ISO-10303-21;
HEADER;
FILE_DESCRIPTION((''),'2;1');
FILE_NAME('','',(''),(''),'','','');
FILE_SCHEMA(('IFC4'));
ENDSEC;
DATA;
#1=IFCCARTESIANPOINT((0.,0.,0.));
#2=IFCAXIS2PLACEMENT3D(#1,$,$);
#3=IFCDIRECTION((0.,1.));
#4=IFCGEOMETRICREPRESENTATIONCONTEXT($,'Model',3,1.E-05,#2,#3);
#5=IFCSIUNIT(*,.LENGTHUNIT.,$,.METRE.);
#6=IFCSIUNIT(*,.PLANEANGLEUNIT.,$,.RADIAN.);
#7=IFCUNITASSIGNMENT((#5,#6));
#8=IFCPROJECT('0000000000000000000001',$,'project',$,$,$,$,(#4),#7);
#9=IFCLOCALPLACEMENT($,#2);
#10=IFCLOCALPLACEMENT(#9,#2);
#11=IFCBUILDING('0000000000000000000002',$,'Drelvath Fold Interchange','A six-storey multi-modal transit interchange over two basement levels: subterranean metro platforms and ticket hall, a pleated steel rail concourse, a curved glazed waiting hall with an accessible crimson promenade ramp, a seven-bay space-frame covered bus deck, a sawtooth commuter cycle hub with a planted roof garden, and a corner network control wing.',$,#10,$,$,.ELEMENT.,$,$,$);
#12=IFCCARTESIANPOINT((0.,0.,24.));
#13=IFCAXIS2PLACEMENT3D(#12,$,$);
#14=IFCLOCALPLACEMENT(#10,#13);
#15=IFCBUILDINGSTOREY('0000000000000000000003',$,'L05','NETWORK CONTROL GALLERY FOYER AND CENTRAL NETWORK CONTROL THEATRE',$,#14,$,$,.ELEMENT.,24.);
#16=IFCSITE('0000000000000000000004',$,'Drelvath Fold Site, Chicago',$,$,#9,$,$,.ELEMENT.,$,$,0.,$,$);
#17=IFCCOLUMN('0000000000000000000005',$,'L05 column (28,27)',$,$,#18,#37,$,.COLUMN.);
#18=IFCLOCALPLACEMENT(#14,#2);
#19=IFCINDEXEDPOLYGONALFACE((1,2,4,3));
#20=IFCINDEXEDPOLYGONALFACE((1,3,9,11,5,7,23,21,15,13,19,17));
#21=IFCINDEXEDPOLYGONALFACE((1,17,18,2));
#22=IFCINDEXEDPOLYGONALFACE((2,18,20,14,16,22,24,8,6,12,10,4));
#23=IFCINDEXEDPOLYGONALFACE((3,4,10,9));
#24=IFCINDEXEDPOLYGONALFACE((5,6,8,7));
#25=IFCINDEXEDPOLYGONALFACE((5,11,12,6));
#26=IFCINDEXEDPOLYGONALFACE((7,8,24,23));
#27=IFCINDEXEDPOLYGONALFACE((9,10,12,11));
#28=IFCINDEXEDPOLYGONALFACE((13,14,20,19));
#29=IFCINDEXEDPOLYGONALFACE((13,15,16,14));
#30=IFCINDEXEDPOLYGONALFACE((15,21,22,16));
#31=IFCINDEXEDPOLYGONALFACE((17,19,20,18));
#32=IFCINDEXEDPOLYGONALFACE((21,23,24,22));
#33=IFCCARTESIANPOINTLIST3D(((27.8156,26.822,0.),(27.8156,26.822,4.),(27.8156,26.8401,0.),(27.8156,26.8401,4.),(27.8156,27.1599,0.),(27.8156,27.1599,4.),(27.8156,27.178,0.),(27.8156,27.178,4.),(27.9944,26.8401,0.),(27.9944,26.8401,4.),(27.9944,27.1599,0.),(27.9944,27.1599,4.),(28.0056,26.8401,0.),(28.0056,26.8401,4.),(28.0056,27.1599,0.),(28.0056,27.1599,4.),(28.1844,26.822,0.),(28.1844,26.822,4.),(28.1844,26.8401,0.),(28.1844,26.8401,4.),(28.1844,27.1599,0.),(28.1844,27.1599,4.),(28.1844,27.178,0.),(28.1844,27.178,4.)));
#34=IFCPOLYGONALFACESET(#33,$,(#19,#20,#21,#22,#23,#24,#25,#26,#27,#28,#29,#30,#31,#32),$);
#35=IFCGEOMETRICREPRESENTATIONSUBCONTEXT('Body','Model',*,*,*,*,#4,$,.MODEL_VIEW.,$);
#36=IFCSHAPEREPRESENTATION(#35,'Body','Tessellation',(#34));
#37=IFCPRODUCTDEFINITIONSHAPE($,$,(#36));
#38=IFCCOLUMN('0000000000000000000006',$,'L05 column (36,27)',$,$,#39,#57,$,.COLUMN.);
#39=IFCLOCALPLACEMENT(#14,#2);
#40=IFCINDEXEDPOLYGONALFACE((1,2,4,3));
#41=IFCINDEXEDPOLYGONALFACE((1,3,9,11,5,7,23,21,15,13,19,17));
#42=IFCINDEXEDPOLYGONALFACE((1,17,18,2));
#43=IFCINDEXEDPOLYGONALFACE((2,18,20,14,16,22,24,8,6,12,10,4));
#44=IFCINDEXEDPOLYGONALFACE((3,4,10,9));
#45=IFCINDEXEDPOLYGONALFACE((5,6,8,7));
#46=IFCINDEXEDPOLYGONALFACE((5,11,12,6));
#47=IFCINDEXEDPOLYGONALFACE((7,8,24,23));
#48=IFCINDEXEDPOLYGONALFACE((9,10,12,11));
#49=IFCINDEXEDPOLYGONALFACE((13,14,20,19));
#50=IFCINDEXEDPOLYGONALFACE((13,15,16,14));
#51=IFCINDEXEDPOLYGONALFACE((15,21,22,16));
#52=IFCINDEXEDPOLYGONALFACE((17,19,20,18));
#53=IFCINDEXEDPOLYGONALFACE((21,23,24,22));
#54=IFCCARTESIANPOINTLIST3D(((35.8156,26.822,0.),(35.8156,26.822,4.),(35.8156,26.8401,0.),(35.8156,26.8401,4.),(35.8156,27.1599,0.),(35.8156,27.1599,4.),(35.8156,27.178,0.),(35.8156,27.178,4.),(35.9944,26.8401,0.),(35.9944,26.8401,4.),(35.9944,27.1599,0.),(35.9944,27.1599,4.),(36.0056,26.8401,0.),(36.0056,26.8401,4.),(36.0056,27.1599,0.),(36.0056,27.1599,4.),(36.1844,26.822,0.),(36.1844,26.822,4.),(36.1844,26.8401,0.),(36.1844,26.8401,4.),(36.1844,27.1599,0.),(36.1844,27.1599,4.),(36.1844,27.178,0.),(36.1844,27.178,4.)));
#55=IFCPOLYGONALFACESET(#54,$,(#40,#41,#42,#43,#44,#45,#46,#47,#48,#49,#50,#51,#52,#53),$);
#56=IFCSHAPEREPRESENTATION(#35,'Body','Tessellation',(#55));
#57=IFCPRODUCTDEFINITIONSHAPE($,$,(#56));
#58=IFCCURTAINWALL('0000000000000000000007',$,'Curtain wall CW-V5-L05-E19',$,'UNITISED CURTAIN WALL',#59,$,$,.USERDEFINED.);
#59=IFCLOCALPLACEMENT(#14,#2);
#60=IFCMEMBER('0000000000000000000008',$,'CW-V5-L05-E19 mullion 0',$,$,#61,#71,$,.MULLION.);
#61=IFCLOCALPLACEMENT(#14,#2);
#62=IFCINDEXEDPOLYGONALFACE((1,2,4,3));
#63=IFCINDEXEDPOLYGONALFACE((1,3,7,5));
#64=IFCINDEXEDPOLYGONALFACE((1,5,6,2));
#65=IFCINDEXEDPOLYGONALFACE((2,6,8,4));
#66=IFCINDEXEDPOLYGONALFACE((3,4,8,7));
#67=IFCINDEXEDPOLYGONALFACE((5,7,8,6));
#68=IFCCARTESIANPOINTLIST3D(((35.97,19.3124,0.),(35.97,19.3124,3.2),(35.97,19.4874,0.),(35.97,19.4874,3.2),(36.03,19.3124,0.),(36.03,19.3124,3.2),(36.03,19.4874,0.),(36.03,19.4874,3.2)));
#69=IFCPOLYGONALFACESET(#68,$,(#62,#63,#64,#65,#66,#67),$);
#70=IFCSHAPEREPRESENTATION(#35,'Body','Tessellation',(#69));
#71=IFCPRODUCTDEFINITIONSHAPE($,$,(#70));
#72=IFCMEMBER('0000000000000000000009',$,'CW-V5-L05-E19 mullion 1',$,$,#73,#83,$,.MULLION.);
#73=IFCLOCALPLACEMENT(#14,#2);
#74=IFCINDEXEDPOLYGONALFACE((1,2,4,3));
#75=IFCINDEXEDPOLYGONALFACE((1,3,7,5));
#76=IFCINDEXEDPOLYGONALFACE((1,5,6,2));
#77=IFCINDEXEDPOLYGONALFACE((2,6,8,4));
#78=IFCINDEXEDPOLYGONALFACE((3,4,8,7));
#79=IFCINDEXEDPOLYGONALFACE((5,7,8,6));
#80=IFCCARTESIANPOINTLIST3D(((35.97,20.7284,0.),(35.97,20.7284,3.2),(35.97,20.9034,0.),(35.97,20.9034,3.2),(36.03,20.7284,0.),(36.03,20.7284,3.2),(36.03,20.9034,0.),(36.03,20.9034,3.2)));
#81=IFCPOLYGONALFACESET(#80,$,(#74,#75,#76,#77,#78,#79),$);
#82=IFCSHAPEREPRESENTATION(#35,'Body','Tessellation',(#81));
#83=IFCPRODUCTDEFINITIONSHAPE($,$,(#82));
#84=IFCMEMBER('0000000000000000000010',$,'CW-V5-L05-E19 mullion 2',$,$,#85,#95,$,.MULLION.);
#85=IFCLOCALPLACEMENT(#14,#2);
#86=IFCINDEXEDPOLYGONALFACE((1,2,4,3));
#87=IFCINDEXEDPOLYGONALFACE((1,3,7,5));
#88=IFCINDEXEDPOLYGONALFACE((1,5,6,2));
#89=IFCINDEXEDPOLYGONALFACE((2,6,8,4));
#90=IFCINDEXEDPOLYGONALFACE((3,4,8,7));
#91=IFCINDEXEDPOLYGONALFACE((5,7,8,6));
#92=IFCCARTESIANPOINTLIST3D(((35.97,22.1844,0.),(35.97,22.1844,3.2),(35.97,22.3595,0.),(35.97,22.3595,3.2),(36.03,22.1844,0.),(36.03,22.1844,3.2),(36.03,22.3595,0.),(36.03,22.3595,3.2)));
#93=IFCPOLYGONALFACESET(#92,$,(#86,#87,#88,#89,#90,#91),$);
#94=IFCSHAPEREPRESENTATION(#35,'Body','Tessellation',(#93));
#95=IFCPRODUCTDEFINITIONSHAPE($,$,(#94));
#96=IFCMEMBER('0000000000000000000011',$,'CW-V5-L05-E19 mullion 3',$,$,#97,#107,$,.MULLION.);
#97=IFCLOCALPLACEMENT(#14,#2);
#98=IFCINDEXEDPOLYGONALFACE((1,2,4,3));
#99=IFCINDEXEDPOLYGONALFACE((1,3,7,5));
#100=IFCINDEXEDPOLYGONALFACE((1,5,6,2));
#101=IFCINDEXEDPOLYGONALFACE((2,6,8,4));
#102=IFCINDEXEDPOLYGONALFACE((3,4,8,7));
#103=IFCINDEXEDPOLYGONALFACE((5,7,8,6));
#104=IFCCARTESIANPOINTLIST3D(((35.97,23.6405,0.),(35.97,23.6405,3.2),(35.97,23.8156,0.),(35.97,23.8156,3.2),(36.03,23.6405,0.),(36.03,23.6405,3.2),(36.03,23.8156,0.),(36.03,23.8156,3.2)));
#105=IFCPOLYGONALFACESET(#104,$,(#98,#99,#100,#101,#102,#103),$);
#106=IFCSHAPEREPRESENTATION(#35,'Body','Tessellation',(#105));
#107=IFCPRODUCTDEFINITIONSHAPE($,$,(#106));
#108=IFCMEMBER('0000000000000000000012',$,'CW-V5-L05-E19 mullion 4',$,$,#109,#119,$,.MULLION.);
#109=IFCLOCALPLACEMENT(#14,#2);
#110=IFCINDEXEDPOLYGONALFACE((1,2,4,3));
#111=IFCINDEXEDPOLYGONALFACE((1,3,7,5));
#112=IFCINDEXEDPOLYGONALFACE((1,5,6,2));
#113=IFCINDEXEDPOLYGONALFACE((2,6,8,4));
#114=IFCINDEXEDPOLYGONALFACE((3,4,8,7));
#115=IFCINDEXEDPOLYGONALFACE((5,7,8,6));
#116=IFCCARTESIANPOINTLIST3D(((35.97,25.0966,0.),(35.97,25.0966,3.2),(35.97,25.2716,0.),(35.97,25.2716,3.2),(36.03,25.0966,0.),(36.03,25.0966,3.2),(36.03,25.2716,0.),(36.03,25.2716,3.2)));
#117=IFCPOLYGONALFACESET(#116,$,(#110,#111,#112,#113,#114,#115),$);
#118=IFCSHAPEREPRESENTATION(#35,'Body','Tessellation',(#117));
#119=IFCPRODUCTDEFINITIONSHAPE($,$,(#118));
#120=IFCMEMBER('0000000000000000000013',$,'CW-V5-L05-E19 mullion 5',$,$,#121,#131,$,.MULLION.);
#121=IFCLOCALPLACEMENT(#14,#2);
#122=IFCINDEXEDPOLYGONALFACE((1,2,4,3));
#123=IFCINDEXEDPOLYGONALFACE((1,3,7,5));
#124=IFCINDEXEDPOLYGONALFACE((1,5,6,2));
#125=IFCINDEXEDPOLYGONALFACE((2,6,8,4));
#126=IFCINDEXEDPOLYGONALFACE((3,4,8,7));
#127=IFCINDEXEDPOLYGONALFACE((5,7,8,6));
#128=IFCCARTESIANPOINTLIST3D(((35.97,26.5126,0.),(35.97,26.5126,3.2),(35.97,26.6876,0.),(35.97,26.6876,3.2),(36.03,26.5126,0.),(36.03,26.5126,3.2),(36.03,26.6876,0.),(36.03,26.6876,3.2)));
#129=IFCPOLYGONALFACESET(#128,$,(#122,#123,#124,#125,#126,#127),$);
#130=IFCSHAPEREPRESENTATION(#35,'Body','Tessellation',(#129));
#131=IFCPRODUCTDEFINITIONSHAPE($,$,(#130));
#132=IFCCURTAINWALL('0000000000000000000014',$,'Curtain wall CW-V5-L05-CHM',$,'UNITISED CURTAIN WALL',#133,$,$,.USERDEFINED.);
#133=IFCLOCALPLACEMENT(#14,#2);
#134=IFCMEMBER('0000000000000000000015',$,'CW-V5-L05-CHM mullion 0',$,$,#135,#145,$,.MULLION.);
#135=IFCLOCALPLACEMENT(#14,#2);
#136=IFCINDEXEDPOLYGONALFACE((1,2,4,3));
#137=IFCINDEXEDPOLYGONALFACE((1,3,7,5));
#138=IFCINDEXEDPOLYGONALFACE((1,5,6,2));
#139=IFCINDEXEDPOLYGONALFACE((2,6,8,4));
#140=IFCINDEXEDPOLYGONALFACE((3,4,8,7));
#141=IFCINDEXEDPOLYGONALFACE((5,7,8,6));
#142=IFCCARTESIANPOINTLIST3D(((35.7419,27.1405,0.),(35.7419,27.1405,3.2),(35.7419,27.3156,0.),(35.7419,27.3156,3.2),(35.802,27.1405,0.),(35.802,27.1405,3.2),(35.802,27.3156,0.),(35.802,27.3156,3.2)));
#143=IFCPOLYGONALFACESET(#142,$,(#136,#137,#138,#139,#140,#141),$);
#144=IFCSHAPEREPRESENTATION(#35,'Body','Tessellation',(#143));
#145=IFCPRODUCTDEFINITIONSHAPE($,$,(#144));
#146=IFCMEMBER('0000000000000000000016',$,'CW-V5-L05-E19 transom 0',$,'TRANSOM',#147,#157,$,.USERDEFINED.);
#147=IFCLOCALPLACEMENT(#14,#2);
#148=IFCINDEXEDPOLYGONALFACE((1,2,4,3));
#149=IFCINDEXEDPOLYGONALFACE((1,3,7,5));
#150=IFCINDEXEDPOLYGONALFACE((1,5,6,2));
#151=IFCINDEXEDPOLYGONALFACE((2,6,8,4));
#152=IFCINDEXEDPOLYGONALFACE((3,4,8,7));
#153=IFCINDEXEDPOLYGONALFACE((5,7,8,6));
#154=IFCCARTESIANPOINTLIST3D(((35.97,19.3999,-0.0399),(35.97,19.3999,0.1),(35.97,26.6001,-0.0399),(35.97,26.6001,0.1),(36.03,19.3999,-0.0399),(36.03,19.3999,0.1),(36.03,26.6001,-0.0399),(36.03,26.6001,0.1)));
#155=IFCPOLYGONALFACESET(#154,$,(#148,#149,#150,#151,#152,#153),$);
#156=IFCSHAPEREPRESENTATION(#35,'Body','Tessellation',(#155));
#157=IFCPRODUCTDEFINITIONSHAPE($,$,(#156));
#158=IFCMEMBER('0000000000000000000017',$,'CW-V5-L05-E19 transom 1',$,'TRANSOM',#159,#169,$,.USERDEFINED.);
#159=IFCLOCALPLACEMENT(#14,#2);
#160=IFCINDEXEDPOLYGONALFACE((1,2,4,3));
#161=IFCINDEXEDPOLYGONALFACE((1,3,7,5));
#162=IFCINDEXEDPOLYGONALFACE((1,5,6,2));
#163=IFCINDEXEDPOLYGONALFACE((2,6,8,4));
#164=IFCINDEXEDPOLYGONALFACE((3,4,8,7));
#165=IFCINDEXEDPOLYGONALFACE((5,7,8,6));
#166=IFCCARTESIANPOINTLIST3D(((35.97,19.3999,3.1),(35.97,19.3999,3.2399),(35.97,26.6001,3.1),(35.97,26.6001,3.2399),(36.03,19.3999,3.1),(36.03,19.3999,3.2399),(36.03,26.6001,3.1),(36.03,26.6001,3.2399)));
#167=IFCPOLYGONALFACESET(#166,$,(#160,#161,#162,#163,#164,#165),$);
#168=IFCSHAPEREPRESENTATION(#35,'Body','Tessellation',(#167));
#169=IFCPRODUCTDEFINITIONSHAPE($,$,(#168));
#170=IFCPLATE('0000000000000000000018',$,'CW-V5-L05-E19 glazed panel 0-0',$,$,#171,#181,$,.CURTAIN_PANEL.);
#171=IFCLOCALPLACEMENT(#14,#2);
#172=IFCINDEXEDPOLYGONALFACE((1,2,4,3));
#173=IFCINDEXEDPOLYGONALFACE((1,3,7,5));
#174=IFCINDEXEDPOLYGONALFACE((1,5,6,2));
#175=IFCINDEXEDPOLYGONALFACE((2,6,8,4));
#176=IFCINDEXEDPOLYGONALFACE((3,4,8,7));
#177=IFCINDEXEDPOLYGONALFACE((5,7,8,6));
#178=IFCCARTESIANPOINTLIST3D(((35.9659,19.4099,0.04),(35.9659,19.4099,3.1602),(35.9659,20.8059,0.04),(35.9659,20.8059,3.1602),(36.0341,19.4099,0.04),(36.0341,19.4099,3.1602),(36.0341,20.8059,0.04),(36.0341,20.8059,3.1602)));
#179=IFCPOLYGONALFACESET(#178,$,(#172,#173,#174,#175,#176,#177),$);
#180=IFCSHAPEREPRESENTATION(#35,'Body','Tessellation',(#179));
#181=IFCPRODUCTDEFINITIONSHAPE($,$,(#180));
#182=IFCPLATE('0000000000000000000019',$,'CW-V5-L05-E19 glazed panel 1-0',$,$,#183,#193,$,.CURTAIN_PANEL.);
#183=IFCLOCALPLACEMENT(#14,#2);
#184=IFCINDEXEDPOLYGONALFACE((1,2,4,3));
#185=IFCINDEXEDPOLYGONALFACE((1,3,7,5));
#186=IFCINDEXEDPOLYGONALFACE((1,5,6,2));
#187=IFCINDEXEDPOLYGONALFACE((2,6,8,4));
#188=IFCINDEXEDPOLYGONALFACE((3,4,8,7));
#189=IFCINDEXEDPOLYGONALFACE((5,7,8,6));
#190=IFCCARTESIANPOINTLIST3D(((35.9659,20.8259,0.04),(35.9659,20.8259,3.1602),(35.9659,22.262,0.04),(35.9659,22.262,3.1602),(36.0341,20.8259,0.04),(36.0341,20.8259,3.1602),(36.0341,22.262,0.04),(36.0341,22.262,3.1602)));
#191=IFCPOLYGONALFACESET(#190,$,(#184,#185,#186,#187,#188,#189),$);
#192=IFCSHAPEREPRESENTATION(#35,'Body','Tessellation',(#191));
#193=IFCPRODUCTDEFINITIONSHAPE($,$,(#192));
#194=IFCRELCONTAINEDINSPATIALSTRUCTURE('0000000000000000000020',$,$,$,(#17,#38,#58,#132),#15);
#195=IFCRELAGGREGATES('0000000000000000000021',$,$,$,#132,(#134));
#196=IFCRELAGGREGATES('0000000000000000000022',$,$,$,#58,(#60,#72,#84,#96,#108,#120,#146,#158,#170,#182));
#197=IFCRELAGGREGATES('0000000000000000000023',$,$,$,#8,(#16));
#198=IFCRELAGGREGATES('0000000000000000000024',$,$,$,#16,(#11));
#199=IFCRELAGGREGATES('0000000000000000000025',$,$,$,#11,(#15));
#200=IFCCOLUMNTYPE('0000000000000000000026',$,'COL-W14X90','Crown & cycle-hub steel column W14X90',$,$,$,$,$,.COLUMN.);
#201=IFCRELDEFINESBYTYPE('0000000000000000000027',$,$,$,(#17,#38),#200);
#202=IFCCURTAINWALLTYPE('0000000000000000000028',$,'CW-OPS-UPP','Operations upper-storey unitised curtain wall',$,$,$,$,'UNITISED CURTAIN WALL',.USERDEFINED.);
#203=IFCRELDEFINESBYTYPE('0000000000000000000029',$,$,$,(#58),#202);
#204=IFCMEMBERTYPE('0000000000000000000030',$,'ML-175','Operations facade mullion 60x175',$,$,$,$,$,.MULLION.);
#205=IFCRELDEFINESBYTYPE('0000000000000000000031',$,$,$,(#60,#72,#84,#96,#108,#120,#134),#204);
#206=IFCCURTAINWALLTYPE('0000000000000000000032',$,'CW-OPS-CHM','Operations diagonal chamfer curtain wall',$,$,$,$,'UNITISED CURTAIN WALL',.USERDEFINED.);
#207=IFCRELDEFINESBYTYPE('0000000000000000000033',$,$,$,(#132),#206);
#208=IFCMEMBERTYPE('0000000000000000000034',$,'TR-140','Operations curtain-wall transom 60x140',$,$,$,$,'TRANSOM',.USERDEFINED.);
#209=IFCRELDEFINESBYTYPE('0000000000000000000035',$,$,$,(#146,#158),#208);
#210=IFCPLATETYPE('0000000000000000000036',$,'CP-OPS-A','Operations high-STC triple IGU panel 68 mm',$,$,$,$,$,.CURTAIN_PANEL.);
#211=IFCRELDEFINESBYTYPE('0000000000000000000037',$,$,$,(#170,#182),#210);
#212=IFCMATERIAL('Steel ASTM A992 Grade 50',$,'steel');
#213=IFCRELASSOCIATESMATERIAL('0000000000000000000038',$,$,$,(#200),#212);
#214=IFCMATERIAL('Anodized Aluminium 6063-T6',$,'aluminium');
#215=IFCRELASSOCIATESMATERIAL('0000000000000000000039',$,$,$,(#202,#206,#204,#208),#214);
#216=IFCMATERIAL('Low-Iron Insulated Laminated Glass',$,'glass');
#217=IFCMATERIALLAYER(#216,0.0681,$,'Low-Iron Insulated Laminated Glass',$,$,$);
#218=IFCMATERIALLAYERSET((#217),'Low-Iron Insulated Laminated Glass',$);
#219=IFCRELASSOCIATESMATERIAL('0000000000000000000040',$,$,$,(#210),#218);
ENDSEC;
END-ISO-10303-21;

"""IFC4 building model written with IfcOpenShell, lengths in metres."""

from ifc_helpers import new_model, si_unit, direction, frame, origin, origin_2d, place, context, subcontext, project, spatial, rectangle, i_section, extrude, material, layer, layer_set, material_profile, profile_set, type_object, element, aggregate, save


model = new_model("IFC4")

# Units and contexts
model_context = context("Model", 3, precision=1e-05, world=origin(), true_north=direction((0.0, 1.0)))
body_context = subcontext(model_context, "Body", "Model", "MODEL_VIEW")
ifc_project = project(units=[si_unit("LENGTHUNIT", "METRE"), si_unit("PLANEANGLEUNIT", "RADIAN")], contexts=[model_context])

# Site, building, storey
site_placement = place(None, origin())
site = spatial("IfcSite", under=ifc_project, at=site_placement, Name="Drelvath Fold Site, Chicago", CompositionType="ELEMENT", RefElevation=0.0)
building_placement = place(site_placement, origin())
building = spatial("IfcBuilding", under=site, at=building_placement, Name="Drelvath Fold Interchange", Description="A six-storey multi-modal transit interchange over two basement levels: subterranean metro platforms and ticket hall, a pleated steel rail concourse, a curved glazed waiting hall with an accessible crimson promenade ramp, a seven-bay space-frame covered bus deck, a sawtooth commuter cycle hub with a planted roof garden, and a corner network control wing.", CompositionType="ELEMENT")
storey_placement = place(building_placement, frame((0.0, 0.0, 24.0)))
storey = spatial("IfcBuildingStorey", under=building, at=storey_placement, Name="L05", Description="NETWORK CONTROL GALLERY FOYER AND CENTRAL NETWORK CONTROL THEATRE", CompositionType="ELEMENT", Elevation=24.0)

# Columns
ifc_material_1 = material(Name="Steel ASTM A992 Grade 50", Category="steel")
ifc_material_profile_1 = material_profile(ifc_material_1, i_section(OverallWidth=0.3689, OverallDepth=0.356, WebThickness=0.0112, FlangeThickness=0.0181, at=origin_2d()), Name="W14X90")
ifc_profile_set_1 = profile_set([ifc_material_profile_1], Name="Steel ASTM A992 Grade 50")
column_type = type_object("IfcColumnType", Name="COL-W14X90", Description="Crown & cycle-hub steel column W14X90", PredefinedType="COLUMN", material=ifc_profile_set_1)
for number, where, z_axis, x_axis, name in (
    (1, (28.0, 27.0, 0.0), (0.0, 0.0, 1.0), (1.0, 0.0, 0.0), "L05 column (28,27)"),
    (2, (36.0, 27.0, 0.0), (0.0, 0.0, 1.0), (1.0, 0.0, 0.0), "L05 column (36,27)"),
):
    element("IfcColumn", number, at=place(storey_placement, frame(where, z_axis=z_axis, x_axis=x_axis)), inside=storey, type_object=column_type, Name=name, PredefinedType="COLUMN", context=body_context, shape_type="SweptSolid", body=[
        extrude(i_section(OverallWidth=0.3689, OverallDepth=0.356, WebThickness=0.0112, FlangeThickness=0.0181, at=origin_2d()), origin(), (0.0, 0.0, 1.0), 4.0),
    ])

# Curtain wall, members
ifc_material_2 = material(Name="Anodized Aluminium 6063-T6", Category="aluminium")
curtain_wall_type_1 = type_object("IfcCurtainWallType", Name="CW-OPS-UPP", Description="Operations upper-storey unitised curtain wall", ElementType="UNITISED CURTAIN WALL", PredefinedType="USERDEFINED", material=ifc_material_2)
curtain_wall_1_placement = place(storey_placement, origin())
curtain_wall_1 = element("IfcCurtainWall", 3, at=curtain_wall_1_placement, inside=storey, type_object=curtain_wall_type_1, Name="Curtain wall CW-V5-L05-E19", ObjectType="UNITISED CURTAIN WALL", PredefinedType="USERDEFINED")
ifc_material_profile_2 = material_profile(ifc_material_2, rectangle(XDim=0.0601, YDim=0.175, at=origin_2d()), Name="AL-M 60x175")
ifc_profile_set_2 = profile_set([ifc_material_profile_2], Name="Anodized Aluminium 6063-T6")
member_type_1 = type_object("IfcMemberType", Name="ML-175", Description="Operations facade mullion 60x175", PredefinedType="MULLION", material=ifc_profile_set_2)
member_1_placement = place(storey_placement, frame((36.0, 19.3999, 0.0), z_axis=(0.0, 0.0, 1.0), x_axis=(1.0, 0.0, 0.0)))
member_1 = element("IfcMember", 4, at=member_1_placement, type_object=member_type_1, Name="CW-V5-L05-E19 mullion 0", PredefinedType="MULLION", context=body_context, shape_type="SweptSolid", body=[
    extrude(rectangle(XDim=0.0601, YDim=0.175, at=origin_2d()), origin(), (0.0, 0.0, 1.0), 3.2),
])
member_2_placement = place(storey_placement, frame((36.0, 20.8159, 0.0), z_axis=(0.0, 0.0, 1.0), x_axis=(1.0, 0.0, 0.0)))
member_2 = element("IfcMember", 5, at=member_2_placement, type_object=member_type_1, Name="CW-V5-L05-E19 mullion 1", PredefinedType="MULLION", context=body_context, shape_type="SweptSolid", body=[
    extrude(rectangle(XDim=0.0601, YDim=0.175, at=origin_2d()), origin(), (0.0, 0.0, 1.0), 3.2),
])
member_3_placement = place(storey_placement, frame((36.0, 22.272, 0.0), z_axis=(0.0, 0.0, 1.0), x_axis=(1.0, 0.0, 0.0)))
member_3 = element("IfcMember", 6, at=member_3_placement, type_object=member_type_1, Name="CW-V5-L05-E19 mullion 2", PredefinedType="MULLION", context=body_context, shape_type="SweptSolid", body=[
    extrude(rectangle(XDim=0.0601, YDim=0.175, at=origin_2d()), origin(), (0.0, 0.0, 1.0), 3.2),
])
member_4_placement = place(storey_placement, frame((36.0, 23.728, 0.0), z_axis=(0.0, 0.0, 1.0), x_axis=(1.0, 0.0, 0.0)))
member_4 = element("IfcMember", 7, at=member_4_placement, type_object=member_type_1, Name="CW-V5-L05-E19 mullion 3", PredefinedType="MULLION", context=body_context, shape_type="SweptSolid", body=[
    extrude(rectangle(XDim=0.0601, YDim=0.175, at=origin_2d()), origin(), (0.0, 0.0, 1.0), 3.2),
])
member_5_placement = place(storey_placement, frame((36.0, 25.1841, 0.0), z_axis=(0.0, 0.0, 1.0), x_axis=(1.0, 0.0, 0.0)))
member_5 = element("IfcMember", 8, at=member_5_placement, type_object=member_type_1, Name="CW-V5-L05-E19 mullion 4", PredefinedType="MULLION", context=body_context, shape_type="SweptSolid", body=[
    extrude(rectangle(XDim=0.0601, YDim=0.175, at=origin_2d()), origin(), (0.0, 0.0, 1.0), 3.2),
])
member_6_placement = place(storey_placement, frame((36.0, 26.6001, 0.0), z_axis=(0.0, 0.0, 1.0), x_axis=(1.0, 0.0, 0.0)))
member_6 = element("IfcMember", 9, at=member_6_placement, type_object=member_type_1, Name="CW-V5-L05-E19 mullion 5", PredefinedType="MULLION", context=body_context, shape_type="SweptSolid", body=[
    extrude(rectangle(XDim=0.0601, YDim=0.175, at=origin_2d()), origin(), (0.0, 0.0, 1.0), 3.2),
])

# Curtain wall, member
curtain_wall_type_2 = type_object("IfcCurtainWallType", Name="CW-OPS-CHM", Description="Operations diagonal chamfer curtain wall", ElementType="UNITISED CURTAIN WALL", PredefinedType="USERDEFINED", material=ifc_material_2)
curtain_wall_2_placement = place(storey_placement, origin())
curtain_wall_2 = element("IfcCurtainWall", 10, at=curtain_wall_2_placement, inside=storey, type_object=curtain_wall_type_2, Name="Curtain wall CW-V5-L05-CHM", ObjectType="UNITISED CURTAIN WALL", PredefinedType="USERDEFINED")
member_7_placement = place(storey_placement, frame((35.772, 27.228, 0.0), z_axis=(0.0, 0.0, 1.0), x_axis=(1.0, 0.0, 0.0)))
member_7 = element("IfcMember", 11, at=member_7_placement, type_object=member_type_1, Name="CW-V5-L05-CHM mullion 0", PredefinedType="MULLION", context=body_context, shape_type="SweptSolid", body=[
    extrude(rectangle(XDim=0.0601, YDim=0.175, at=origin_2d()), origin(), (0.0, 0.0, 1.0), 3.2),
])
aggregate(curtain_wall_2, [member_7])

# Members
ifc_material_profile_3 = material_profile(ifc_material_2, rectangle(XDim=0.0601, YDim=0.1399, at=origin_2d()), Name="AL-T 60x140")
ifc_profile_set_3 = profile_set([ifc_material_profile_3], Name="Anodized Aluminium 6063-T6")
member_type_2 = type_object("IfcMemberType", Name="TR-140", Description="Operations curtain-wall transom 60x140", ElementType="TRANSOM", PredefinedType="USERDEFINED", material=ifc_profile_set_3)
member_8_placement = place(storey_placement, frame((36.0, 19.3999, 0.03), z_axis=(0.0, 1.0, 0.0), x_axis=(-1.0, 0.0, 0.0)))
member_8 = element("IfcMember", 12, at=member_8_placement, type_object=member_type_2, Name="CW-V5-L05-E19 transom 0", ObjectType="TRANSOM", PredefinedType="USERDEFINED", context=body_context, shape_type="SweptSolid", body=[
    extrude(rectangle(XDim=0.0601, YDim=0.1399, at=origin_2d()), origin(), (0.0, 0.0, 1.0), 7.2002),
])
member_9_placement = place(storey_placement, frame((36.0, 19.3999, 3.1699), z_axis=(0.0, 1.0, 0.0), x_axis=(-1.0, 0.0, 0.0)))
member_9 = element("IfcMember", 13, at=member_9_placement, type_object=member_type_2, Name="CW-V5-L05-E19 transom 1", ObjectType="TRANSOM", PredefinedType="USERDEFINED", context=body_context, shape_type="SweptSolid", body=[
    extrude(rectangle(XDim=0.0601, YDim=0.1399, at=origin_2d()), origin(), (0.0, 0.0, 1.0), 7.2002),
])

# Plates
ifc_material_3 = material(Name="Low-Iron Insulated Laminated Glass", Category="glass")
ifc_layer_1 = layer(ifc_material_3, 0.0681, Name="Low-Iron Insulated Laminated Glass")
ifc_layer_set_1 = layer_set([ifc_layer_1], Name="Low-Iron Insulated Laminated Glass")
plate_type = type_object("IfcPlateType", Name="CP-OPS-A", Description="Operations high-STC triple IGU panel 68 mm", PredefinedType="CURTAIN_PANEL", material=ifc_layer_set_1)
plate_1_placement = place(storey_placement, frame((36.0, 20.1079, 0.04), z_axis=(0.0, 0.0, 1.0), x_axis=(0.0, 1.0, 0.0)))
plate_1 = element("IfcPlate", 14, at=plate_1_placement, type_object=plate_type, Name="CW-V5-L05-E19 glazed panel 0-0", PredefinedType="CURTAIN_PANEL", context=body_context, shape_type="SweptSolid", body=[
    extrude(rectangle(XDim=1.396, YDim=0.0681, at=origin_2d()), origin(), (0.0, 0.0, 1.0), 3.1201),
])
plate_2_placement = place(storey_placement, frame((36.0, 21.5439, 0.04), z_axis=(0.0, 0.0, 1.0), x_axis=(0.0, 1.0, 0.0)))
plate_2 = element("IfcPlate", 15, at=plate_2_placement, type_object=plate_type, Name="CW-V5-L05-E19 glazed panel 1-0", PredefinedType="CURTAIN_PANEL", context=body_context, shape_type="SweptSolid", body=[
    extrude(rectangle(XDim=1.436, YDim=0.0681, at=origin_2d()), origin(), (0.0, 0.0, 1.0), 3.1201),
])
aggregate(curtain_wall_1, [member_1, member_2, member_3, member_4, member_5, member_6, member_8, member_9, plate_1, plate_2])

save(model, "model.ifc")
